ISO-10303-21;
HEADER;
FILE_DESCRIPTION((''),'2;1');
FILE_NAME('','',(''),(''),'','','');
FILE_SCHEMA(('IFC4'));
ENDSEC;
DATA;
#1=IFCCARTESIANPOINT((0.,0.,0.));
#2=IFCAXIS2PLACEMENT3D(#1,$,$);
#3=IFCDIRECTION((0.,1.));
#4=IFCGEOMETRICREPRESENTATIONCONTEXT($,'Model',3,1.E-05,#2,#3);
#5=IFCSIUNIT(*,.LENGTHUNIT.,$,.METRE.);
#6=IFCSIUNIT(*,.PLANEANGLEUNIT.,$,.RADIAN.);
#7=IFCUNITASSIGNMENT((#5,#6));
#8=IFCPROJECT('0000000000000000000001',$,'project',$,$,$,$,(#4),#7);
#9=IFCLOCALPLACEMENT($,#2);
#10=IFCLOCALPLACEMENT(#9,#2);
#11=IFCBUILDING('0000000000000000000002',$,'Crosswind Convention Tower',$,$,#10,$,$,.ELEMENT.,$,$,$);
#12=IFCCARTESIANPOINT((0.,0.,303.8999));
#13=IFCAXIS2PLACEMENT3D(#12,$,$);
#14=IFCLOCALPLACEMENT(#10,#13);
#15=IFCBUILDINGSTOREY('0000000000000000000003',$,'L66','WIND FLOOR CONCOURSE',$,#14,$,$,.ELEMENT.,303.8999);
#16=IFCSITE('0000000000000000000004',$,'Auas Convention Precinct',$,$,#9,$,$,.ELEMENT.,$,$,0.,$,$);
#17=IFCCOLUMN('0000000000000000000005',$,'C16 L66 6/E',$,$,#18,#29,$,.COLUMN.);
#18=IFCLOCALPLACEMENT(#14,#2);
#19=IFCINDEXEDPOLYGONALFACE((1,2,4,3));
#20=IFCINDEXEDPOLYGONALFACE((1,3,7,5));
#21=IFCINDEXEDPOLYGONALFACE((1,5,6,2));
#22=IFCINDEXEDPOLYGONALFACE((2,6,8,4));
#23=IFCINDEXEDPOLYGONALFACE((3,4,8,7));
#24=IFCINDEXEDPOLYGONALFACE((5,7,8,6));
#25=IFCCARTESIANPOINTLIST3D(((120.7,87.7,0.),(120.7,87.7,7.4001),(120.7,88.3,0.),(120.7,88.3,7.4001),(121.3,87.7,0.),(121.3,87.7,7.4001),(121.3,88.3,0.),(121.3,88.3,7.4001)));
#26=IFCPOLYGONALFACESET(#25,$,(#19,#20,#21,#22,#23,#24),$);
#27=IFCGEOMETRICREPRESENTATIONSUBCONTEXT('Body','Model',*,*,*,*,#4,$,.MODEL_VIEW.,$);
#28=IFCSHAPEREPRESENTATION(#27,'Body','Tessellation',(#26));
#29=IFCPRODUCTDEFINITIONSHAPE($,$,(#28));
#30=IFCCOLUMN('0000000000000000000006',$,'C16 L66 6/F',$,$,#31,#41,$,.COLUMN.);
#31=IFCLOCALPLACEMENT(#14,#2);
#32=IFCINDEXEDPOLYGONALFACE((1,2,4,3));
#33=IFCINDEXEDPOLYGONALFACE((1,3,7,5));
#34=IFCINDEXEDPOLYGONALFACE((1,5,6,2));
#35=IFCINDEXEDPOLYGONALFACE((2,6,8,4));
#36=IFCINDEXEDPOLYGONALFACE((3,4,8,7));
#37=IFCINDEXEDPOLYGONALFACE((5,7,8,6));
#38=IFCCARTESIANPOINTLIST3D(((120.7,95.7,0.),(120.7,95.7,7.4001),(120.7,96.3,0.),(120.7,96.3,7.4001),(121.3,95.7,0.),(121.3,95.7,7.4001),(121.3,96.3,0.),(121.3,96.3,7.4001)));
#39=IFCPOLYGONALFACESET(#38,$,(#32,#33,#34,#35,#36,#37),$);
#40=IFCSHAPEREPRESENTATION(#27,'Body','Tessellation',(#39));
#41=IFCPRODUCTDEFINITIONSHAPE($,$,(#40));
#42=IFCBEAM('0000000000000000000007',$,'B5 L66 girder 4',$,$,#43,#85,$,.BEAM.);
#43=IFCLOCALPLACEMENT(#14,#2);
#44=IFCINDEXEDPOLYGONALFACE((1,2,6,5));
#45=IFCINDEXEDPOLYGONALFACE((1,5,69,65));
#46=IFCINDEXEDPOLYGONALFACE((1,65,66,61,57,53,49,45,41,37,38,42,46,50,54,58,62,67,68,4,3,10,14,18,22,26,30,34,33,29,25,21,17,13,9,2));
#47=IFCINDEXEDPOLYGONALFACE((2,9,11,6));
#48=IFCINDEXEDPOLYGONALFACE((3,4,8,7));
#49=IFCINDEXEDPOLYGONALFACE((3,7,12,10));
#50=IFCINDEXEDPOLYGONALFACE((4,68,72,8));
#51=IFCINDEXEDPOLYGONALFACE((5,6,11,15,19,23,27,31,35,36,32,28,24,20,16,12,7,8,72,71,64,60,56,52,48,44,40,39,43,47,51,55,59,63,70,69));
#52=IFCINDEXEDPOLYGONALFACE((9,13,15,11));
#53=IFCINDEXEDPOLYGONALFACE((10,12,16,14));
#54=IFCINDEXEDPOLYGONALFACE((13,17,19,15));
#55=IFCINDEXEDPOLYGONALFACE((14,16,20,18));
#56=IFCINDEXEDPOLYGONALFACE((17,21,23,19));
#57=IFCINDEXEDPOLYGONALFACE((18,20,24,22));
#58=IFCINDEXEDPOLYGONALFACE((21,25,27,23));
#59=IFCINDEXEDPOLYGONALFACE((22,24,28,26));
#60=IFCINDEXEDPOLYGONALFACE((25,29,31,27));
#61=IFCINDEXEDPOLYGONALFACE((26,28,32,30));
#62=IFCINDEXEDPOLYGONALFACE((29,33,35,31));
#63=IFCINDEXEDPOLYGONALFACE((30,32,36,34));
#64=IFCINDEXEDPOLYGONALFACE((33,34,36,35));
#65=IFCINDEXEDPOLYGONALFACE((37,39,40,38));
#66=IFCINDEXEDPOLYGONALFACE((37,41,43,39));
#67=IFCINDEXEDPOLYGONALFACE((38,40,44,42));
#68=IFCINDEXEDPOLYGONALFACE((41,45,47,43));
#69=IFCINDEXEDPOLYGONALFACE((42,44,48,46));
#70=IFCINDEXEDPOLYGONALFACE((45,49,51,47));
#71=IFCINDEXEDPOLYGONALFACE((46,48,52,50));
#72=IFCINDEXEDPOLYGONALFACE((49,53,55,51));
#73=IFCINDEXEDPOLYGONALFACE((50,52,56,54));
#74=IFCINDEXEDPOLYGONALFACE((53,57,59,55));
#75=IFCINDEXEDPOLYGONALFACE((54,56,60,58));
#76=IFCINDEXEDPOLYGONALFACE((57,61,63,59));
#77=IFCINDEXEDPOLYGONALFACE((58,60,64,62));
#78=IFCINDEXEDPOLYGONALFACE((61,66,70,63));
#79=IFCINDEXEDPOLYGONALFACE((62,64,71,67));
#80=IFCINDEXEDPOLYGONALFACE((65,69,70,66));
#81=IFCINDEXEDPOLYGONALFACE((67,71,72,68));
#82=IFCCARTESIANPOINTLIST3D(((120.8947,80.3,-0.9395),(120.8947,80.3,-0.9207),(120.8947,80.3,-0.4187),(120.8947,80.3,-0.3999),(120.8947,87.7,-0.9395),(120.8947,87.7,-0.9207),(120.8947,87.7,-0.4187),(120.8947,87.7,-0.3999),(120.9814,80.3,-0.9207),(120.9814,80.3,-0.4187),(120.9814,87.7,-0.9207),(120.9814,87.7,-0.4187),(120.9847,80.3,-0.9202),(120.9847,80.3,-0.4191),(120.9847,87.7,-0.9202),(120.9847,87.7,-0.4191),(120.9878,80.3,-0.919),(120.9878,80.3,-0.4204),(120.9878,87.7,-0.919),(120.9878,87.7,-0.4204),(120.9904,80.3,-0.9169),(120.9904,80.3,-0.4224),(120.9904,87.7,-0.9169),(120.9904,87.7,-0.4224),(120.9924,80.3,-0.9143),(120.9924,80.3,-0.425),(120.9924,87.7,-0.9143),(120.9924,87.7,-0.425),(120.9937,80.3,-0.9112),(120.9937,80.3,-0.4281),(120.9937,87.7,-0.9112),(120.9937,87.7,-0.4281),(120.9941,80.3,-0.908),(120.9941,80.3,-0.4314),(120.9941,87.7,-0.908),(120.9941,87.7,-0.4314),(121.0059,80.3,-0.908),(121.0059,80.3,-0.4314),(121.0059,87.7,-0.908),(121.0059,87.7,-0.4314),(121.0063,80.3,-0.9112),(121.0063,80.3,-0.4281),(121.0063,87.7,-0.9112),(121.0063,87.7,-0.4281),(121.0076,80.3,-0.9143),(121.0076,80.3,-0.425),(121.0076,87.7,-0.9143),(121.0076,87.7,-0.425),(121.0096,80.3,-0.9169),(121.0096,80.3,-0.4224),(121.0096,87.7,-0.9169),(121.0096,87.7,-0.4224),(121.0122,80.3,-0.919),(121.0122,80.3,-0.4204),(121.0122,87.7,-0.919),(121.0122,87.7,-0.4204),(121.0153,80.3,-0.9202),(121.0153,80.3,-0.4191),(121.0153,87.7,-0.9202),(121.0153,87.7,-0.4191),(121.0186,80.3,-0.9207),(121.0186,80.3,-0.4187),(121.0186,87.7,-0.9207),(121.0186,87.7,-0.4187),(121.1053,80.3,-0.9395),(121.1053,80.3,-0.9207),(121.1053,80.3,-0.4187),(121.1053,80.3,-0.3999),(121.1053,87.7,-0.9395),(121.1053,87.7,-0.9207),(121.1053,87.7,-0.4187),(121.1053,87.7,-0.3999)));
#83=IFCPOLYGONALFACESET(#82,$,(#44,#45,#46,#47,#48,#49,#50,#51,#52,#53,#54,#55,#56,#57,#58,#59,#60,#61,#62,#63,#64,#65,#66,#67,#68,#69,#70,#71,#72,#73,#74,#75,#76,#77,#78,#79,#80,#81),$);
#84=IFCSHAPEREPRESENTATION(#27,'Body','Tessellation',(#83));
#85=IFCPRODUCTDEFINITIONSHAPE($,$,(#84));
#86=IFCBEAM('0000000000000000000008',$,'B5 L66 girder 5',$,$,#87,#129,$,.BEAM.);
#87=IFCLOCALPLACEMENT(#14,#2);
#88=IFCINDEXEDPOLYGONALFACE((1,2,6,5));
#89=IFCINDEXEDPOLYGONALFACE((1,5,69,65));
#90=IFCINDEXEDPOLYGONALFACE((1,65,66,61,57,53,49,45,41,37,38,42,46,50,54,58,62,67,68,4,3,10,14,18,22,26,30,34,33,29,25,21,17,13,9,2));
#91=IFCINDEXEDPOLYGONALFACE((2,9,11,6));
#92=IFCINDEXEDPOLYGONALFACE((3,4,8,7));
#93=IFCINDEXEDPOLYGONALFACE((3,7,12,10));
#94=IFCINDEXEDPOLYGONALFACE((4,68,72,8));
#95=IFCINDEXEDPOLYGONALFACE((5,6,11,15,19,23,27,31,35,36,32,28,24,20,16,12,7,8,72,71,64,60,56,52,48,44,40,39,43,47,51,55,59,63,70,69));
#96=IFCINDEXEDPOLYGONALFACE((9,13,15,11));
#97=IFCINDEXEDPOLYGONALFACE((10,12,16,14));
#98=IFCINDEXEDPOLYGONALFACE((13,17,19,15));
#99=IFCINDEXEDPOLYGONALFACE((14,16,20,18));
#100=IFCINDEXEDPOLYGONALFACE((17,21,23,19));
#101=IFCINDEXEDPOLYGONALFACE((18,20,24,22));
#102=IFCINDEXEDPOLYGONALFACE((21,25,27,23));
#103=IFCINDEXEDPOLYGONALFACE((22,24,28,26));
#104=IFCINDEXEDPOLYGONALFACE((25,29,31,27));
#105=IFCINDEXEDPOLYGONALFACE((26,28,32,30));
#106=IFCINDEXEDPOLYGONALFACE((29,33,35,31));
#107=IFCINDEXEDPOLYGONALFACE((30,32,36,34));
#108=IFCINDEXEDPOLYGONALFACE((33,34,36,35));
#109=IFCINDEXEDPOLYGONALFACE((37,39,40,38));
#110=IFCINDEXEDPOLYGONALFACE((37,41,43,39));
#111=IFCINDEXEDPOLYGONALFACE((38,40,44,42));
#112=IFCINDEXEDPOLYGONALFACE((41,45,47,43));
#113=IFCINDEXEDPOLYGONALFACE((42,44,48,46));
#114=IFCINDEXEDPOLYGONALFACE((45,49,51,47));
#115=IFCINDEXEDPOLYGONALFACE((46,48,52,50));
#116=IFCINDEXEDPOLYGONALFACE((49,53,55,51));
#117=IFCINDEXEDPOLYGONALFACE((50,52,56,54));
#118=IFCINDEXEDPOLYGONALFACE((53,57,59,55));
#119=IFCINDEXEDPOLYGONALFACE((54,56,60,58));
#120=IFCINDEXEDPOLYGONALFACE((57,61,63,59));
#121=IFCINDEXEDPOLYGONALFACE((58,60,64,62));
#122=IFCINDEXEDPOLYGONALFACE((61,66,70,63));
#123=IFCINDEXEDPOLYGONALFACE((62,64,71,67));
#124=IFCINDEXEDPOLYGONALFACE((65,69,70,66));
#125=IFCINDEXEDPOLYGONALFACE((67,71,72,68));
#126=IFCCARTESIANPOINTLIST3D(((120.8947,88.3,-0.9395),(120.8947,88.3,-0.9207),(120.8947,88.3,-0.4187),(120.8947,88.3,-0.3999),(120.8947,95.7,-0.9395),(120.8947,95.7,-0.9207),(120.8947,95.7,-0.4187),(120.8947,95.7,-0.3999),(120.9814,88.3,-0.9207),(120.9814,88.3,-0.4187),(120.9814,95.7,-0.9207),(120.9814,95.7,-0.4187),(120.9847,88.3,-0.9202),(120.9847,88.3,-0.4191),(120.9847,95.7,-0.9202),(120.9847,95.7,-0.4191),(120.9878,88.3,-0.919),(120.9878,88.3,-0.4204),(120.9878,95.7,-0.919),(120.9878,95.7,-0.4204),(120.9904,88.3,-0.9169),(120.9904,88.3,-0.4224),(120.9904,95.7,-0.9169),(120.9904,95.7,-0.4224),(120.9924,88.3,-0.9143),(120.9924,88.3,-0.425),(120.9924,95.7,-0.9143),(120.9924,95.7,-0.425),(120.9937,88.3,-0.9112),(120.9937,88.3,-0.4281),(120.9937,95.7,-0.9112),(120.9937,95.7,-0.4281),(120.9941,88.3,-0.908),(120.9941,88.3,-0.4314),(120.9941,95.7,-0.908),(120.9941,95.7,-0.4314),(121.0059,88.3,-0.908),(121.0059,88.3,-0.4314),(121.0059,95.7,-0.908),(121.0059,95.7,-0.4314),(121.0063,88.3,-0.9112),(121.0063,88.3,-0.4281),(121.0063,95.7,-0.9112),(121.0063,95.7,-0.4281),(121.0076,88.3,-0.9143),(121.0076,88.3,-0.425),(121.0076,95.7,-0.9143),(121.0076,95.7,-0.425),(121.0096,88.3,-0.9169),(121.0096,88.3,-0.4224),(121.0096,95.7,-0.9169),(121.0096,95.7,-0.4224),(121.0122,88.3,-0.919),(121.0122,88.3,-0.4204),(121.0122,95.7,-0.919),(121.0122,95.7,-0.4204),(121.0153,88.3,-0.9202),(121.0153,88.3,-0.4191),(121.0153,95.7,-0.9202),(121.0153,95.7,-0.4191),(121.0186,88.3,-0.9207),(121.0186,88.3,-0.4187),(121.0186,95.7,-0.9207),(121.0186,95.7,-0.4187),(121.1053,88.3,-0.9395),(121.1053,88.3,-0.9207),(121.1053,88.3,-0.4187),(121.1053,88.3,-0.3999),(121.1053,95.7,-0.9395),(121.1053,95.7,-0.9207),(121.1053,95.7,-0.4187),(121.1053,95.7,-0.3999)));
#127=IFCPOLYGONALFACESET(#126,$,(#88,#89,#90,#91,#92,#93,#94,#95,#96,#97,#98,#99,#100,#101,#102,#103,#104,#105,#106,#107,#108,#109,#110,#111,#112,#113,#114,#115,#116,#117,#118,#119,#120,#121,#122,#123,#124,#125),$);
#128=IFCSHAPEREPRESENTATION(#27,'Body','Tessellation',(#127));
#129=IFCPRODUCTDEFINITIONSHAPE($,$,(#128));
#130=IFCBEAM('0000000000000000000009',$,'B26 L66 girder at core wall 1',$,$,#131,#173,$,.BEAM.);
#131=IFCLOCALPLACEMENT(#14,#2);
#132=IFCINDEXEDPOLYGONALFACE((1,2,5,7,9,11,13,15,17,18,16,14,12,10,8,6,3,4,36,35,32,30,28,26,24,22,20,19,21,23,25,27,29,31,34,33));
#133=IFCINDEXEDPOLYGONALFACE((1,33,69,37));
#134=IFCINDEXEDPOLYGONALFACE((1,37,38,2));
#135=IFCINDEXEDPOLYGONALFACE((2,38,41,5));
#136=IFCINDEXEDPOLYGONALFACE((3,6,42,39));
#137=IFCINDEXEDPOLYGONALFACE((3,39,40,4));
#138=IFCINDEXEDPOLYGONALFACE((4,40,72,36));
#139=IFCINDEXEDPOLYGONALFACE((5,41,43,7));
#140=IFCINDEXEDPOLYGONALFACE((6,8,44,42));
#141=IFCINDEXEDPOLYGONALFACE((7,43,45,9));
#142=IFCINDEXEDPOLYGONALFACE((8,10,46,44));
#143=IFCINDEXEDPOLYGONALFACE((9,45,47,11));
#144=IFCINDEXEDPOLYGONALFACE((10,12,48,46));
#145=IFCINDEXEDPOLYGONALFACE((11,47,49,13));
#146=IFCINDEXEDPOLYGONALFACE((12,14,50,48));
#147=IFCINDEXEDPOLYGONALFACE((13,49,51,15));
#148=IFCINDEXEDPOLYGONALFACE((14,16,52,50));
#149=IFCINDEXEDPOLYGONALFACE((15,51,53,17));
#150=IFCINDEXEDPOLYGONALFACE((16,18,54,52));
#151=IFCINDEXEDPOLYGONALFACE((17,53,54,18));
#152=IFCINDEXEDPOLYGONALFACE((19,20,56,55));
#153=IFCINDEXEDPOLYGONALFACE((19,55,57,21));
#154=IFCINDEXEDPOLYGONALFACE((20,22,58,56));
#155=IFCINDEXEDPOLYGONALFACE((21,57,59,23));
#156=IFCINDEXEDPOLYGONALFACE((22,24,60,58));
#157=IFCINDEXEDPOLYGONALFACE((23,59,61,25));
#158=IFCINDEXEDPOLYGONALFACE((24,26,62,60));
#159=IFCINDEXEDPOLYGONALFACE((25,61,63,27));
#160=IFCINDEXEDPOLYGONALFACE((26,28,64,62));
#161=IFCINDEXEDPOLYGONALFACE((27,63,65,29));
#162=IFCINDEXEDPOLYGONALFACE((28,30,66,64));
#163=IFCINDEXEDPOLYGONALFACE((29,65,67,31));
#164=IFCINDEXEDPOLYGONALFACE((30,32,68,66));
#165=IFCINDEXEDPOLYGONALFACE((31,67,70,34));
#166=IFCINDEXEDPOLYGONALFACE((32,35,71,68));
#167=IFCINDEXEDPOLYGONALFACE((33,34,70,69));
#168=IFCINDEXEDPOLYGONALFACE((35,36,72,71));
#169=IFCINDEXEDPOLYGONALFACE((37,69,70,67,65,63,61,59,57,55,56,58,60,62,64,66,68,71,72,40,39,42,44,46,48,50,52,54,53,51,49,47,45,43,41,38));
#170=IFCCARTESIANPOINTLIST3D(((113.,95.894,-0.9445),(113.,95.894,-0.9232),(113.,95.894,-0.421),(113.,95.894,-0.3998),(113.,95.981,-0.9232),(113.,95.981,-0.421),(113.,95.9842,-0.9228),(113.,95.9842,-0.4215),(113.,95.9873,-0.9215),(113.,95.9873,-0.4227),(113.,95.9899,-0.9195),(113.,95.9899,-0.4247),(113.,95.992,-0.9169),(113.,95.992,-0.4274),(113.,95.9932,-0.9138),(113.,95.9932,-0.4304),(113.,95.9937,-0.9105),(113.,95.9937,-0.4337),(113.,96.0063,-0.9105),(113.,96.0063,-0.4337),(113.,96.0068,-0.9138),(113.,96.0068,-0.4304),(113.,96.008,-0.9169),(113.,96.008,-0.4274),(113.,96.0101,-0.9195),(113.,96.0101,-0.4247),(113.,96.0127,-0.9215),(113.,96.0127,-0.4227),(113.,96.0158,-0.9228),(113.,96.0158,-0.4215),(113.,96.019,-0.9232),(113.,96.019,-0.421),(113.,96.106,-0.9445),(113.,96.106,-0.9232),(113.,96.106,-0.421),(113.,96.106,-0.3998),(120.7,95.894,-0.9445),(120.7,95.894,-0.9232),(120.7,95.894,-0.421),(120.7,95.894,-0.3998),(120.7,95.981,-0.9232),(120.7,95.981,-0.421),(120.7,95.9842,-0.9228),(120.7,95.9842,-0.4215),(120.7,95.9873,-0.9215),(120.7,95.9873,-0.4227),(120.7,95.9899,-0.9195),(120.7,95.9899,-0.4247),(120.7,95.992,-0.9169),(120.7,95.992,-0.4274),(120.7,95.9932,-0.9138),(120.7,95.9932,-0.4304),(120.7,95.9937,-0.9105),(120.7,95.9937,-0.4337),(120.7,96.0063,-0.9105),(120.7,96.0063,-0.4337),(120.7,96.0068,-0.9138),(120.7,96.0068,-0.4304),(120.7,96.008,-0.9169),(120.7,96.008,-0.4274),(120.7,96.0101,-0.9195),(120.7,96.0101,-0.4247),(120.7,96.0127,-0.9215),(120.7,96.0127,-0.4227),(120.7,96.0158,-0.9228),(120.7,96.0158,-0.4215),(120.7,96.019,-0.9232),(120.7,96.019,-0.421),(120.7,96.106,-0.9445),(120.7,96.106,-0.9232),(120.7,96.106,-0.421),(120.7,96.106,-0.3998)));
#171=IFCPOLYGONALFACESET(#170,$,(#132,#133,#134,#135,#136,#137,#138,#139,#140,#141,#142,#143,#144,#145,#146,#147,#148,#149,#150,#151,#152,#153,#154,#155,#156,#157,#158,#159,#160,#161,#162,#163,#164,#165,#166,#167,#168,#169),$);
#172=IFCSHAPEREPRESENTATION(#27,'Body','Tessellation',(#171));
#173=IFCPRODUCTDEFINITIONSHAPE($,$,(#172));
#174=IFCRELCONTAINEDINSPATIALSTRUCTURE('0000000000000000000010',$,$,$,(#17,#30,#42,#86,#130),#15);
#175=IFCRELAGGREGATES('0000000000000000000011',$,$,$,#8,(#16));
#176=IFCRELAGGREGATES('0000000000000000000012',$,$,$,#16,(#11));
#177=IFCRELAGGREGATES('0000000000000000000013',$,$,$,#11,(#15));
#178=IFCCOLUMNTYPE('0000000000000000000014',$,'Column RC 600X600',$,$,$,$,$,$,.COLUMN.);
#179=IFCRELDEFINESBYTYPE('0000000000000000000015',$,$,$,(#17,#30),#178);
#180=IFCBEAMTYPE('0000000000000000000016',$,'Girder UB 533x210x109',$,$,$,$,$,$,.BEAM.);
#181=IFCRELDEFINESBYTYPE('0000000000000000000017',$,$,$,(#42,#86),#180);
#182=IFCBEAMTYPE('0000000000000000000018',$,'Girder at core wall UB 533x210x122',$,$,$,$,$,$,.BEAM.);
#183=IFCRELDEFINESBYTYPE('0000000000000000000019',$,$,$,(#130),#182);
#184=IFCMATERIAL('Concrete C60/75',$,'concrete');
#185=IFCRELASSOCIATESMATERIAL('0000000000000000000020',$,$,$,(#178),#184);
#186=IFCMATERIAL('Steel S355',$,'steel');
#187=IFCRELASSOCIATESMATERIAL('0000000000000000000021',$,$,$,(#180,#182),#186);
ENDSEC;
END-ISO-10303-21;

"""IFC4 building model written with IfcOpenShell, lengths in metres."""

from ifc_helpers import new_model, si_unit, direction, frame, origin, origin_2d, place, context, subcontext, project, spatial, rectangle, i_section, extrude, material, material_profile, profile_set, type_object, element, save


model = new_model("IFC4")

# Units and contexts
model_context = context("Model", 3, precision=1e-05, world=origin(), true_north=direction((0.0, 1.0)))
body_context = subcontext(model_context, "Body", "Model", "MODEL_VIEW")
ifc_project = project(units=[si_unit("LENGTHUNIT", "METRE"), si_unit("PLANEANGLEUNIT", "RADIAN")], contexts=[model_context])

# Site, building, storey
site_placement = place(None, origin())
site = spatial("IfcSite", under=ifc_project, at=site_placement, Name="Auas Convention Precinct", CompositionType="ELEMENT", RefElevation=0.0)
building_placement = place(site_placement, origin())
building = spatial("IfcBuilding", under=site, at=building_placement, Name="Crosswind Convention Tower", CompositionType="ELEMENT")
storey_placement = place(building_placement, frame((0.0, 0.0, 303.8999)))
storey = spatial("IfcBuildingStorey", under=building, at=storey_placement, Name="L66", Description="WIND FLOOR CONCOURSE", CompositionType="ELEMENT", Elevation=303.8999)

# Columns
ifc_material_1 = material(Name="Concrete C60/75", Category="concrete")
ifc_material_profile_1 = material_profile(ifc_material_1, rectangle(XDim=0.6001, YDim=0.6001, at=origin_2d()), Name="RC 600X600")
ifc_profile_set_1 = profile_set([ifc_material_profile_1], Name="Concrete C60/75")
column_type = type_object("IfcColumnType", Name="Column RC 600X600", PredefinedType="COLUMN", material=ifc_profile_set_1)
for number, where, z_axis, x_axis, name in (
    (1, (121.0, 88.0, 0.0), (0.0, 0.0, 1.0), (1.0, 0.0, 0.0), "C16 L66 6/E"),
    (2, (121.0, 96.0, 0.0), (0.0, 0.0, 1.0), (1.0, 0.0, 0.0), "C16 L66 6/F"),
):
    element("IfcColumn", number, at=place(storey_placement, frame(where, z_axis=z_axis, x_axis=x_axis)), inside=storey, type_object=column_type, Name=name, PredefinedType="COLUMN", context=body_context, shape_type="SweptSolid", body=[
        extrude(rectangle(XDim=0.6001, YDim=0.6001, at=origin_2d()), origin(), (0.0, 0.0, 1.0), 7.4001),
    ])

# Beams
ifc_material_2 = material(Name="Steel S355", Category="steel")
ifc_material_profile_2 = material_profile(ifc_material_2, i_section(OverallWidth=0.2107, OverallDepth=0.5396, WebThickness=0.0117, FlangeThickness=0.0188, FilletRadius=0.0127, at=origin_2d()), Name="UB 533x210x109")
ifc_profile_set_2 = profile_set([ifc_material_profile_2], Name="Steel S355")
beam_type_1 = type_object("IfcBeamType", Name="Girder UB 533x210x109", PredefinedType="BEAM", material=ifc_profile_set_2)
for number, where, z_axis, x_axis, name in (
    (3, (121.0, 80.3, -0.6697), (0.0, 1.0, 0.0), (-1.0, 0.0, 0.0), "B5 L66 girder 4"),
    (4, (121.0, 88.3, -0.6697), (0.0, 1.0, 0.0), (-1.0, 0.0, 0.0), "B5 L66 girder 5"),
):
    element("IfcBeam", number, at=place(storey_placement, frame(where, z_axis=z_axis, x_axis=x_axis)), inside=storey, type_object=beam_type_1, Name=name, PredefinedType="BEAM", context=body_context, shape_type="SweptSolid", body=[
        extrude(i_section(OverallWidth=0.2107, OverallDepth=0.5396, WebThickness=0.0117, FlangeThickness=0.0188, FilletRadius=0.0127, at=origin_2d()), origin(), (0.0, 0.0, 1.0), 7.3999),
    ])
ifc_material_profile_3 = material_profile(ifc_material_2, i_section(OverallWidth=0.2119, OverallDepth=0.5447, WebThickness=0.0127, FlangeThickness=0.0212, FilletRadius=0.0127, at=origin_2d()), Name="UB 533x210x122")
ifc_profile_set_3 = profile_set([ifc_material_profile_3], Name="Steel S355")
beam_type_2 = type_object("IfcBeamType", Name="Girder at core wall UB 533x210x122", PredefinedType="BEAM", material=ifc_profile_set_3)
beam_1_placement = place(storey_placement, frame((113.0, 96.0, -0.6721), z_axis=(1.0, 0.0, 0.0), x_axis=(0.0, 1.0, 0.0)))
element("IfcBeam", 5, at=beam_1_placement, inside=storey, type_object=beam_type_2, Name="B26 L66 girder at core wall 1", PredefinedType="BEAM", context=body_context, shape_type="SweptSolid", body=[
    extrude(i_section(OverallWidth=0.2119, OverallDepth=0.5447, WebThickness=0.0127, FlangeThickness=0.0212, FilletRadius=0.0127, at=origin_2d()), origin(), (0.0, 0.0, 1.0), 7.7),
])

save(model, "model.ifc")
